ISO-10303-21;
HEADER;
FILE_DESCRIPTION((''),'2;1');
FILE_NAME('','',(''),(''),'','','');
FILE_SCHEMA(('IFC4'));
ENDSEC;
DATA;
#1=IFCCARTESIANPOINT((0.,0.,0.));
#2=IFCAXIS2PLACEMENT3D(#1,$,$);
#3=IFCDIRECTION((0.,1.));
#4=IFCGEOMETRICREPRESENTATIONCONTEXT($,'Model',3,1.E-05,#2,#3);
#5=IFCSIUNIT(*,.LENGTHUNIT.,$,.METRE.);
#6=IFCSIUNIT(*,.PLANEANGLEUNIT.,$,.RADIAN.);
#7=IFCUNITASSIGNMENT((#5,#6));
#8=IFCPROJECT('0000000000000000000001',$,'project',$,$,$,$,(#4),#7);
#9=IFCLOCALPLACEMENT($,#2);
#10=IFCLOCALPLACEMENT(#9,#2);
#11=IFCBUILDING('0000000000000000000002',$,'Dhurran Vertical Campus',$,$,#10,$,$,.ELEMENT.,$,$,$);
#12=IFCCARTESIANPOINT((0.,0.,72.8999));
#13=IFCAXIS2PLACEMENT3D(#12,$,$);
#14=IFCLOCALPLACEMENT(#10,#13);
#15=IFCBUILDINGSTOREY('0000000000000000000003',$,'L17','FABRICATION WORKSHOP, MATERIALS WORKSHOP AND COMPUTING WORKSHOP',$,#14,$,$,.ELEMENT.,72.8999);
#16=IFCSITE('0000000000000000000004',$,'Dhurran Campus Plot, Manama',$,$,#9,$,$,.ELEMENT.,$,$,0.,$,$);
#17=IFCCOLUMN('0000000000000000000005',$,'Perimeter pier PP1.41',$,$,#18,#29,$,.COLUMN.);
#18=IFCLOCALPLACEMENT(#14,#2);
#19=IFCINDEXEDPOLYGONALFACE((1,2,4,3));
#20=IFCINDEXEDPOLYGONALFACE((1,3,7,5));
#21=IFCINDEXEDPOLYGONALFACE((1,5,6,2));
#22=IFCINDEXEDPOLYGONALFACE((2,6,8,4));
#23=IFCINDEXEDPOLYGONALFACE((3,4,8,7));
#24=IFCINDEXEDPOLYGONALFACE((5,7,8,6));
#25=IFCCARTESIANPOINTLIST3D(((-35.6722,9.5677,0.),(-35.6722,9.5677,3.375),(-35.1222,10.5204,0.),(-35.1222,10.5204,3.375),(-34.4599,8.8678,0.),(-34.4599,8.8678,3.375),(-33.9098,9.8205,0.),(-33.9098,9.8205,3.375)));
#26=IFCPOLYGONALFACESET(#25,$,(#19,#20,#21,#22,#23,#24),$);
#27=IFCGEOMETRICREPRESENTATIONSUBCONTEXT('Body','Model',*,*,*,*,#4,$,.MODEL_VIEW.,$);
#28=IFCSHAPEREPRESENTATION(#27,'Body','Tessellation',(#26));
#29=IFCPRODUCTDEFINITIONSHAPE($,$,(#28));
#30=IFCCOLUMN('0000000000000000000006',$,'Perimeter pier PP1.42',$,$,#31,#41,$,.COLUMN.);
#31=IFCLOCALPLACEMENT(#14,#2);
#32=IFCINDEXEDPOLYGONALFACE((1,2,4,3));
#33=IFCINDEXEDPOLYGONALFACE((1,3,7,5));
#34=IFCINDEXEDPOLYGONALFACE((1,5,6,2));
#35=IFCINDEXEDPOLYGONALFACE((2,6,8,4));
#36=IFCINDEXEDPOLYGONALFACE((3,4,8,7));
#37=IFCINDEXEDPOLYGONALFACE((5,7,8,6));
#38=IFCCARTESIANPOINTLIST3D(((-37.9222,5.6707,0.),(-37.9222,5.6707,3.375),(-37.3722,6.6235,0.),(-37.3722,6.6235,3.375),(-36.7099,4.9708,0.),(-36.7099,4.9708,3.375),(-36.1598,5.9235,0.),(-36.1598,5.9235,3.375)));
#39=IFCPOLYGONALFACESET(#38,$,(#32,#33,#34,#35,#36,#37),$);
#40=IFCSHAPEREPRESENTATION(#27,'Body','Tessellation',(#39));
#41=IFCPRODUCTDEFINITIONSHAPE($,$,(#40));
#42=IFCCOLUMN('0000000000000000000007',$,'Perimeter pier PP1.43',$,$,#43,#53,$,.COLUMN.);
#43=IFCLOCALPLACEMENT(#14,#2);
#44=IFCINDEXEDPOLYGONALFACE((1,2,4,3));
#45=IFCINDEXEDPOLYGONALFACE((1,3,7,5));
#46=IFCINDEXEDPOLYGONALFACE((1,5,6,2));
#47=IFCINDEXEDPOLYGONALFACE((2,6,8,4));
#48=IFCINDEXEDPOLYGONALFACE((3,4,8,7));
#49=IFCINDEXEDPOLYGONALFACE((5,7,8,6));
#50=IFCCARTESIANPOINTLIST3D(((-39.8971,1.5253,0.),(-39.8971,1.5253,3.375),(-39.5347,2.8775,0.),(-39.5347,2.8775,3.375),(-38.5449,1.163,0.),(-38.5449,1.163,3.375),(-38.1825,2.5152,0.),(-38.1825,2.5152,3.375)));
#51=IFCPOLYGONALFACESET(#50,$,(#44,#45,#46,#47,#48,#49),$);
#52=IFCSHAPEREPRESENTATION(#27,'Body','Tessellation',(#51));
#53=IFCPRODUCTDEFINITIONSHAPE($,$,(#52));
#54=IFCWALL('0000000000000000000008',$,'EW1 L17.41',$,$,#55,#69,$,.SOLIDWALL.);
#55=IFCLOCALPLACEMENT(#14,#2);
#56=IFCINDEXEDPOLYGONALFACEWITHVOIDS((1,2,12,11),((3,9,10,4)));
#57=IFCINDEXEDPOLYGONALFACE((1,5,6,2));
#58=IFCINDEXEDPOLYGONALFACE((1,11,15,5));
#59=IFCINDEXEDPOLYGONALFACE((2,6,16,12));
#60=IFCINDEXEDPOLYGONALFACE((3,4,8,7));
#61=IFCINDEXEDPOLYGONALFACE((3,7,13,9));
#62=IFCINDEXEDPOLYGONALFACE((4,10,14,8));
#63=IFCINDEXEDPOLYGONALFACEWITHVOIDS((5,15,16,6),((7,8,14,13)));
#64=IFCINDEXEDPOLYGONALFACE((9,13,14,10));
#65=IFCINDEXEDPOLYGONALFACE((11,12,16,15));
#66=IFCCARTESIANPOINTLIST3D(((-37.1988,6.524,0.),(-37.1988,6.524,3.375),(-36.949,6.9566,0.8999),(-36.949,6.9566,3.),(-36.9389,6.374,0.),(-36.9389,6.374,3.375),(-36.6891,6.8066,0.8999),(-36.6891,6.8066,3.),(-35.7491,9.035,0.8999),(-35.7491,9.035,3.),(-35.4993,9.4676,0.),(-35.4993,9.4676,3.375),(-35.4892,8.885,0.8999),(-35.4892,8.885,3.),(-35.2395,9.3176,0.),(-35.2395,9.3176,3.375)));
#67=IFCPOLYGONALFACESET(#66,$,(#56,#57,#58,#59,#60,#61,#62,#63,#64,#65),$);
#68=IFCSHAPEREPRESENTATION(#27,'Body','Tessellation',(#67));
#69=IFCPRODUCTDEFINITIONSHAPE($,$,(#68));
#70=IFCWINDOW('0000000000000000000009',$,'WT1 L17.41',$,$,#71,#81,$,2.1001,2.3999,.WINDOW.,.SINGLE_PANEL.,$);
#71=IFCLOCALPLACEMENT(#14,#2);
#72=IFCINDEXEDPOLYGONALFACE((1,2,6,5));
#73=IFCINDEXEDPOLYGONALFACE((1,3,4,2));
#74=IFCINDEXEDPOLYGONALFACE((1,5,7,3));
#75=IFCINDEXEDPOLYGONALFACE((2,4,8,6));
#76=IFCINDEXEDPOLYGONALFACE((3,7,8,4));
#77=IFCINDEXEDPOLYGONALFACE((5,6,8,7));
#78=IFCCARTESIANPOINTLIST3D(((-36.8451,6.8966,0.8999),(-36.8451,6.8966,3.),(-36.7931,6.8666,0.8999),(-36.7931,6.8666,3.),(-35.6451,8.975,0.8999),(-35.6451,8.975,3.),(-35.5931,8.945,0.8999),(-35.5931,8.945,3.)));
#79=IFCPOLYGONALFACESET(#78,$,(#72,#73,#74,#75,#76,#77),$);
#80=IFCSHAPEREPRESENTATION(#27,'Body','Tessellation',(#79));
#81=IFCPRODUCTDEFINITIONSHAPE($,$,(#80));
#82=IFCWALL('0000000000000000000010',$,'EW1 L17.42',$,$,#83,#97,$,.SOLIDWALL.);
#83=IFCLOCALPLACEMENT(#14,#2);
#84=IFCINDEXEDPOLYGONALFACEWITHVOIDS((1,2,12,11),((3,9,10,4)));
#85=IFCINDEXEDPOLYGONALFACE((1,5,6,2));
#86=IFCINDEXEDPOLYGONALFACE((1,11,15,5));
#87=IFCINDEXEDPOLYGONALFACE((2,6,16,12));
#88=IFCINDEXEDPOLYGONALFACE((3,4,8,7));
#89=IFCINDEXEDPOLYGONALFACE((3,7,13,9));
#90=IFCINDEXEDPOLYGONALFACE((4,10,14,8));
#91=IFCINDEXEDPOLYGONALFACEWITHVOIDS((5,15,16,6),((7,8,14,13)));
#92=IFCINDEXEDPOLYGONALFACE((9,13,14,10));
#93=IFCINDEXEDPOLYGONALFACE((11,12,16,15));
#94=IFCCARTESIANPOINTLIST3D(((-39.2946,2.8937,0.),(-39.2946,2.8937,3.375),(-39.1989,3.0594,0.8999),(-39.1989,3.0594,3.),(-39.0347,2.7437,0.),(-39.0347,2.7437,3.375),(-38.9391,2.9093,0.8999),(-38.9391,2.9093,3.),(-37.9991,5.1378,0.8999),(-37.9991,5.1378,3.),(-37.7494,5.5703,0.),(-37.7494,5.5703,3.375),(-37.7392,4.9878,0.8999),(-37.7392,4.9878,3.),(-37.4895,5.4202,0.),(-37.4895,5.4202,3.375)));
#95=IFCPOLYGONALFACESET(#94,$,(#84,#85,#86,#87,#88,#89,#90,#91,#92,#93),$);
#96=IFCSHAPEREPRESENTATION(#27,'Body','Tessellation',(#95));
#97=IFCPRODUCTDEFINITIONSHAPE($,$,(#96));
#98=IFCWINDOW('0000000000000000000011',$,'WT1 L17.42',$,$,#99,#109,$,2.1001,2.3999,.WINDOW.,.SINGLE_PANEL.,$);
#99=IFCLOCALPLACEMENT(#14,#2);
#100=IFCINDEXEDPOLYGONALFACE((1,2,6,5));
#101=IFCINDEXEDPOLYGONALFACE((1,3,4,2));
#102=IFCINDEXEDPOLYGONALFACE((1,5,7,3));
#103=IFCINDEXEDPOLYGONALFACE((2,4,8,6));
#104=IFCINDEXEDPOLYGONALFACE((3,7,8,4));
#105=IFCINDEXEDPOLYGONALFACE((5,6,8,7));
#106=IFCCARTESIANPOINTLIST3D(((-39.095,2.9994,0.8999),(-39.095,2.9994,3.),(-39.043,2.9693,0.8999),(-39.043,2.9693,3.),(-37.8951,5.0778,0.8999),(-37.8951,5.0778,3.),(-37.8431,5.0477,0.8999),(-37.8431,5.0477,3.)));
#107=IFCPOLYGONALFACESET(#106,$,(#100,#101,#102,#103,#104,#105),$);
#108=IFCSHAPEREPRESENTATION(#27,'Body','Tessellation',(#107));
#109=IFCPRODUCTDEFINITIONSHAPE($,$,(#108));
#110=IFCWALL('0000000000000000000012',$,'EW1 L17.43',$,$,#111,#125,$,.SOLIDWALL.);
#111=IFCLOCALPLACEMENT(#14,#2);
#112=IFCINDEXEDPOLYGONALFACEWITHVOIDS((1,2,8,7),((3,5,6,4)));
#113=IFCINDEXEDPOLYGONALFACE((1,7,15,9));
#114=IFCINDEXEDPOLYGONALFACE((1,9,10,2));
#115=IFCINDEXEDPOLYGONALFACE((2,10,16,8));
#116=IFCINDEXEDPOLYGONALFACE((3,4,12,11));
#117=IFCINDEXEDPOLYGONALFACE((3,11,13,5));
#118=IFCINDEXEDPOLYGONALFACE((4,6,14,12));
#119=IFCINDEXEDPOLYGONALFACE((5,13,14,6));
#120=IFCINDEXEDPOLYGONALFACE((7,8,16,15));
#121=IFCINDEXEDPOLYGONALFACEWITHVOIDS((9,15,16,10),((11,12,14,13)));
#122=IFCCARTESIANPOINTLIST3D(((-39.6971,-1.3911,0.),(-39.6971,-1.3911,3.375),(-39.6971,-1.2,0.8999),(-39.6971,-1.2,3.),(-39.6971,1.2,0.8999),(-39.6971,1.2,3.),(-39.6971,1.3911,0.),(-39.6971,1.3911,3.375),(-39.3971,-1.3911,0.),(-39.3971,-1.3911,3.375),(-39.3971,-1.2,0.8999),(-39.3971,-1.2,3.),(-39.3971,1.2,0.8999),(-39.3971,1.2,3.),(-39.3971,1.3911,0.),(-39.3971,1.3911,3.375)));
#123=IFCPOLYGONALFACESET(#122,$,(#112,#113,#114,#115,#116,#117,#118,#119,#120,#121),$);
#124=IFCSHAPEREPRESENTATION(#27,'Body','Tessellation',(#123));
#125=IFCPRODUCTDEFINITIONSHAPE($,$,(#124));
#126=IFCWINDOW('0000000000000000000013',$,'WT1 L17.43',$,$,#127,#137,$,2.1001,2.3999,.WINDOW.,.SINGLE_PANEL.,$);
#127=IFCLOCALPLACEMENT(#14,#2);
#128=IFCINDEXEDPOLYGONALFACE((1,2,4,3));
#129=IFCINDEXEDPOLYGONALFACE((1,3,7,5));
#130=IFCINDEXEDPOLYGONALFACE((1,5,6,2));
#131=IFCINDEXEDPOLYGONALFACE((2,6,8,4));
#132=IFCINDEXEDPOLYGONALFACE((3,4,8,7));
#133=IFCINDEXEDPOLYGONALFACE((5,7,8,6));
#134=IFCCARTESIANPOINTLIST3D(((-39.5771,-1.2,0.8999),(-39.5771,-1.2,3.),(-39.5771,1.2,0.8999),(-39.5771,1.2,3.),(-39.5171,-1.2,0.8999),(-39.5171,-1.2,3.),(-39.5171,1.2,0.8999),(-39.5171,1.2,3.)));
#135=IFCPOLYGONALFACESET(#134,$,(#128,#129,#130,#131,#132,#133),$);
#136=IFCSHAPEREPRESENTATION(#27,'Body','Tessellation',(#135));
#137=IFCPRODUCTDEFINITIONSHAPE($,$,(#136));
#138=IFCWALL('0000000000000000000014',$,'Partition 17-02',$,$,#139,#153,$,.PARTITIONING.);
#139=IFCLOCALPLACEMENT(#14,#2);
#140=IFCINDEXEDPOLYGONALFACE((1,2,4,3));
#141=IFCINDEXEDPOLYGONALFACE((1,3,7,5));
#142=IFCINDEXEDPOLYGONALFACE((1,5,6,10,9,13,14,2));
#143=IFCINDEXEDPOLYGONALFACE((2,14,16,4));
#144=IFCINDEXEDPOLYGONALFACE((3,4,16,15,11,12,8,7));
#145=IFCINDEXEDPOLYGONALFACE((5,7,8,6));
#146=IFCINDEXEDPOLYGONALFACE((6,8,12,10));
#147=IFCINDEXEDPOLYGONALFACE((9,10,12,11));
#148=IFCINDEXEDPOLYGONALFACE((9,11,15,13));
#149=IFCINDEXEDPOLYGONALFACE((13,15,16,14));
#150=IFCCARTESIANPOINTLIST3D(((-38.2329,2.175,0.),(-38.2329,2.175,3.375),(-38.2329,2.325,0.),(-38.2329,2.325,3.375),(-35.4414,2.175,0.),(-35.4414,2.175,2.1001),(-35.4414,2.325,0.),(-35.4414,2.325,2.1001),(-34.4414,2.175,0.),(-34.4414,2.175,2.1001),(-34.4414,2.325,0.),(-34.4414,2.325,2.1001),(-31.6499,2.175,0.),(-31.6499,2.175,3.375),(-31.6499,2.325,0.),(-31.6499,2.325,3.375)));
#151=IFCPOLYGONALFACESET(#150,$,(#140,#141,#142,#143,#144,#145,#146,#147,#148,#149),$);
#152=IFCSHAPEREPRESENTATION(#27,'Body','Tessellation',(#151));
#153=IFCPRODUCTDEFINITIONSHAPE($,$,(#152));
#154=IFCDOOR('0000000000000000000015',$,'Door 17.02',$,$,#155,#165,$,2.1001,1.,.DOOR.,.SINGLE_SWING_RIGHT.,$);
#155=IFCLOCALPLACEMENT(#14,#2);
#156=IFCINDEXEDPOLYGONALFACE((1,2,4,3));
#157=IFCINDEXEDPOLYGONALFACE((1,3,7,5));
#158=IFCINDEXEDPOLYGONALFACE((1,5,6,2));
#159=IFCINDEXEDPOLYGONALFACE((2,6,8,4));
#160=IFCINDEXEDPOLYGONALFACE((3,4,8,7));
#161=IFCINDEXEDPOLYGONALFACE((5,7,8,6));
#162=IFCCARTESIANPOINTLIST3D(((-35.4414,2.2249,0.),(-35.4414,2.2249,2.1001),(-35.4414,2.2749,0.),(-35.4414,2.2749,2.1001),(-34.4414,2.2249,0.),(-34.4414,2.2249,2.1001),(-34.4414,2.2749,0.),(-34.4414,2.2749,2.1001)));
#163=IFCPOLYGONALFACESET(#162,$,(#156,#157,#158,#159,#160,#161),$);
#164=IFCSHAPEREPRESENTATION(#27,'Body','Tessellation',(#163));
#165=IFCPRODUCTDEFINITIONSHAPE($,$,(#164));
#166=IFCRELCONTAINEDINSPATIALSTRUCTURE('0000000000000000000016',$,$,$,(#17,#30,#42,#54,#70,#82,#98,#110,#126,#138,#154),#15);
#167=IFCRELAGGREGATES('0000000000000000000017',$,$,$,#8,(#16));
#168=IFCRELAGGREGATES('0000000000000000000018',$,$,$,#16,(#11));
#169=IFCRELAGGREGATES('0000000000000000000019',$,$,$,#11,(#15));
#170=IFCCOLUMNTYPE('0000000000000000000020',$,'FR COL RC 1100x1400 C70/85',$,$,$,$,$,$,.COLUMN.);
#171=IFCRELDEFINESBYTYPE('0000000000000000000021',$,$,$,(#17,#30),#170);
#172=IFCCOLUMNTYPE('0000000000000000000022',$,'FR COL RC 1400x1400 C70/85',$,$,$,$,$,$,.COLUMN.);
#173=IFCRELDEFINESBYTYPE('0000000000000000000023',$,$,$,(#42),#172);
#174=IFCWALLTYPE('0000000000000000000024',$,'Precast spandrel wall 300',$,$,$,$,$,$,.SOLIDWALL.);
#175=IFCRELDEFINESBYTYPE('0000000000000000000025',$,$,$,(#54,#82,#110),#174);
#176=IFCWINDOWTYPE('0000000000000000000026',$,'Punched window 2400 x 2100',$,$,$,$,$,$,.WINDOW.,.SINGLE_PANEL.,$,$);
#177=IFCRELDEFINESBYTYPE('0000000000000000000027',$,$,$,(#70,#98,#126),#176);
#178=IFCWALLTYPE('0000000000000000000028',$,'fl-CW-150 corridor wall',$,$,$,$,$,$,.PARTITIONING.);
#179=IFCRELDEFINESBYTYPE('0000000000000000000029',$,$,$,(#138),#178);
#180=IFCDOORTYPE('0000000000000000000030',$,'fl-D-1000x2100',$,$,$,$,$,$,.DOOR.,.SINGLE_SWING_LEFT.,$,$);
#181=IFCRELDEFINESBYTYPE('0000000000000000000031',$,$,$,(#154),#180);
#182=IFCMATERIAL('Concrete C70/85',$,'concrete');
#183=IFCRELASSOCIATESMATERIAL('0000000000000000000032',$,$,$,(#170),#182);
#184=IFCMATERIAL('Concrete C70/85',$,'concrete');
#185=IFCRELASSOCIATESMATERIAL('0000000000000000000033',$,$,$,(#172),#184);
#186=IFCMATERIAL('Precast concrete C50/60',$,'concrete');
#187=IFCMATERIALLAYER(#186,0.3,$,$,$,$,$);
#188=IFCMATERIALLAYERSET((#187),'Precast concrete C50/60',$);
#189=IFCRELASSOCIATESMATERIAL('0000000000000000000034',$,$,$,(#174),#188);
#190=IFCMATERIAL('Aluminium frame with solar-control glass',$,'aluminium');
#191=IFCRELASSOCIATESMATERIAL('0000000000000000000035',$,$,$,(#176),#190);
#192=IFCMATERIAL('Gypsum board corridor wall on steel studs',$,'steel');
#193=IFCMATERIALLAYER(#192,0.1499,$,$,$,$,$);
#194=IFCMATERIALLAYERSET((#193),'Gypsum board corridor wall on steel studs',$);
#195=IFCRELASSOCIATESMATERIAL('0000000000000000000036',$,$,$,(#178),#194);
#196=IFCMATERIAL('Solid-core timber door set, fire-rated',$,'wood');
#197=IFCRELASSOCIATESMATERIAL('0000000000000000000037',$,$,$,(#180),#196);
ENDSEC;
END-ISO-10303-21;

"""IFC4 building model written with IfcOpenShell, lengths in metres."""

from ifc_helpers import new_model, si_unit, direction, frame, frame_2d, origin, origin_2d, place, context, subcontext, project, spatial, rectangle, extrude, material, layer, layer_set, material_profile, profile_set, type_object, element, fill, save


model = new_model("IFC4")

# Units and contexts
model_context = context("Model", 3, precision=1e-05, world=origin(), true_north=direction((0.0, 1.0)))
body_context = subcontext(model_context, "Body", "Model", "MODEL_VIEW")
ifc_project = project(units=[si_unit("LENGTHUNIT", "METRE"), si_unit("PLANEANGLEUNIT", "RADIAN")], contexts=[model_context])

# Site, building, storey
site_placement = place(None, origin())
site = spatial("IfcSite", under=ifc_project, at=site_placement, Name="Dhurran Campus Plot, Manama", CompositionType="ELEMENT", RefElevation=0.0)
building_placement = place(site_placement, origin())
building = spatial("IfcBuilding", under=site, at=building_placement, Name="Dhurran Vertical Campus", CompositionType="ELEMENT")
storey_placement = place(building_placement, frame((0.0, 0.0, 72.8999)))
storey = spatial("IfcBuildingStorey", under=building, at=storey_placement, Name="L17", Description="FABRICATION WORKSHOP, MATERIALS WORKSHOP AND COMPUTING WORKSHOP", CompositionType="ELEMENT", Elevation=72.8999)

# Columns
ifc_material_1 = material(Name="Concrete C70/85", Category="concrete")
ifc_material_profile_1 = material_profile(ifc_material_1, rectangle(XDim=1.1001, YDim=1.3999, at=origin_2d()), Name="RC 1100x1400")
ifc_profile_set_1 = profile_set([ifc_material_profile_1], Name="Concrete C70/85")
column_type_1 = type_object("IfcColumnType", Name="FR COL RC 1100x1400 C70/85", PredefinedType="COLUMN", material=ifc_profile_set_1)
for number, where, z_axis, x_axis, name in (
    (1, (-34.791, 9.6941, 0.0), (0.0, 0.0, 1.0), (-0.5, -0.866025, 0.0), "Perimeter pier PP1.41"),
    (2, (-37.041, 5.7971, 0.0), (0.0, 0.0, 1.0), (-0.5, -0.866025, 0.0), "Perimeter pier PP1.42"),
):
    element("IfcColumn", number, at=place(storey_placement, frame(where, z_axis=z_axis, x_axis=x_axis)), inside=storey, type_object=column_type_1, Name=name, PredefinedType="COLUMN", context=body_context, shape_type="SweptSolid", body=[
        extrude(rectangle(XDim=1.1001, YDim=1.3999, at=origin_2d()), origin(), (0.0, 0.0, 1.0), 3.375),
    ])
ifc_material_2 = material(Name="Concrete C70/85", Category="concrete")
ifc_material_profile_2 = material_profile(ifc_material_2, rectangle(XDim=1.3999, YDim=1.3999, at=origin_2d()), Name="RC 1400x1400")
ifc_profile_set_2 = profile_set([ifc_material_profile_2], Name="Concrete C70/85")
column_type_2 = type_object("IfcColumnType", Name="FR COL RC 1400x1400 C70/85", PredefinedType="COLUMN", material=ifc_profile_set_2)
column_placement = place(storey_placement, frame((-39.0398, 2.0203, 0.0), z_axis=(0.0, 0.0, 1.0), x_axis=(-0.258819, -0.965926, 0.0)))
element("IfcColumn", 3, at=column_placement, inside=storey, type_object=column_type_2, Name="Perimeter pier PP1.43", PredefinedType="COLUMN", context=body_context, shape_type="SweptSolid", body=[
    extrude(rectangle(XDim=1.3999, YDim=1.3999, at=origin_2d()), origin(), (0.0, 0.0, 1.0), 3.375),
])

# Walls, openings, windows
ifc_material_3 = material(Name="Precast concrete C50/60", Category="concrete")
ifc_layer_1 = layer(ifc_material_3, 0.3)
ifc_layer_set_1 = layer_set([ifc_layer_1], Name="Precast concrete C50/60")
wall_type_1 = type_object("IfcWallType", Name="Precast spandrel wall 300", PredefinedType="SOLIDWALL", material=ifc_layer_set_1)
wall_1_placement = place(storey_placement, frame((-35.3694, 9.3926, 0.0), z_axis=(0.0, 0.0, 1.0), x_axis=(-0.499994, -0.866029, 0.0)))
wall_1 = element("IfcWall", 4, at=wall_1_placement, inside=storey, type_object=wall_type_1, Name="EW1 L17.41", PredefinedType="SOLIDWALL", context=body_context, shape_type="SweptSolid", body=[
    extrude(rectangle(XDim=3.3989, YDim=0.3, at=frame_2d((1.6995, 0.0))), origin(), (0.0, 0.0, 1.0), 3.375),
])
opening_1_placement = place(wall_1_placement, frame((0.4995, 0.0, 0.8999)))
opening_1 = element("IfcOpeningElement", 5, at=opening_1_placement, cuts=wall_1, PredefinedType="OPENING", context=body_context, shape_type="SweptSolid", body=[
    extrude(rectangle(XDim=2.3999, YDim=2.1001, at=frame_2d((1.2, 1.05))), frame((0.0, 0.1599, 0.0), z_axis=(0.0, -1.0, 0.0), x_axis=(1.0, 0.0, 0.0)), (0.0, 0.0, 1.0), 0.3201),
])
ifc_material_4 = material(Name="Aluminium frame with solar-control glass", Category="aluminium")
window_type = type_object("IfcWindowType", Name="Punched window 2400 x 2100", PartitioningType="SINGLE_PANEL", PredefinedType="WINDOW", material=ifc_material_4)
window_1_placement = place(opening_1_placement, origin())
window_1 = element("IfcWindow", 6, at=window_1_placement, inside=storey, type_object=window_type, Name="WT1 L17.41", OverallHeight=2.1001, OverallWidth=2.3999, PartitioningType="SINGLE_PANEL", PredefinedType="WINDOW", context=body_context, shape_type="SweptSolid", body=[
    extrude(rectangle(XDim=2.3999, YDim=2.1001, at=frame_2d((1.2, 1.05))), frame((0.0, 0.03, 0.0), z_axis=(0.0, -1.0, 0.0), x_axis=(1.0, 0.0, 0.0)), (0.0, 0.0, 1.0), 0.0601),
])
fill(opening_1, window_1)
wall_2_placement = place(storey_placement, frame((-37.6194, 5.4954, 0.0), z_axis=(0.0, 0.0, 1.0), x_axis=(-0.499971, -0.866042, 0.0)))
wall_2 = element("IfcWall", 7, at=wall_2_placement, inside=storey, type_object=wall_type_1, Name="EW1 L17.42", PredefinedType="SOLIDWALL", context=body_context, shape_type="SweptSolid", body=[
    extrude(rectangle(XDim=3.0906, YDim=0.3, at=frame_2d((1.5454, 0.0))), origin(), (0.0, 0.0, 1.0), 3.375),
])
opening_2_placement = place(wall_2_placement, frame((0.4995, 0.0, 0.8999)))
opening_2 = element("IfcOpeningElement", 8, at=opening_2_placement, cuts=wall_2, PredefinedType="OPENING", context=body_context, shape_type="SweptSolid", body=[
    extrude(rectangle(XDim=2.3999, YDim=2.1001, at=frame_2d((1.2, 1.05))), frame((0.0, 0.1599, 0.0), z_axis=(0.0, -1.0, 0.0), x_axis=(1.0, 0.0, 0.0)), (0.0, 0.0, 1.0), 0.3201),
])
window_2_placement = place(opening_2_placement, origin())
window_2 = element("IfcWindow", 9, at=window_2_placement, inside=storey, type_object=window_type, Name="WT1 L17.42", OverallHeight=2.1001, OverallWidth=2.3999, PartitioningType="SINGLE_PANEL", PredefinedType="WINDOW", context=body_context, shape_type="SweptSolid", body=[
    extrude(rectangle(XDim=2.3999, YDim=2.1001, at=frame_2d((1.2, 1.05))), frame((0.0, 0.03, 0.0), z_axis=(0.0, -1.0, 0.0), x_axis=(1.0, 0.0, 0.0)), (0.0, 0.0, 1.0), 0.0601),
])
fill(opening_2, window_2)
wall_3_placement = place(storey_placement, frame((-39.5471, 1.3911, 0.0), z_axis=(0.0, 0.0, 1.0), x_axis=(0.0, -1.0, 0.0)))
wall_3 = element("IfcWall", 10, at=wall_3_placement, inside=storey, type_object=wall_type_1, Name="EW1 L17.43", PredefinedType="SOLIDWALL", context=body_context, shape_type="SweptSolid", body=[
    extrude(rectangle(XDim=2.7822, YDim=0.3, at=frame_2d((1.3911, 0.0))), origin(), (0.0, 0.0, 1.0), 3.375),
])
opening_3_placement = place(wall_3_placement, frame((0.1912, 0.0, 0.8999)))
opening_3 = element("IfcOpeningElement", 11, at=opening_3_placement, cuts=wall_3, PredefinedType="OPENING", context=body_context, shape_type="SweptSolid", body=[
    extrude(rectangle(XDim=2.3999, YDim=2.1001, at=frame_2d((1.2, 1.05))), frame((0.0, 0.1599, 0.0), z_axis=(0.0, -1.0, 0.0), x_axis=(1.0, 0.0, 0.0)), (0.0, 0.0, 1.0), 0.3201),
])
window_3_placement = place(opening_3_placement, origin())
window_3 = element("IfcWindow", 12, at=window_3_placement, inside=storey, type_object=window_type, Name="WT1 L17.43", OverallHeight=2.1001, OverallWidth=2.3999, PartitioningType="SINGLE_PANEL", PredefinedType="WINDOW", context=body_context, shape_type="SweptSolid", body=[
    extrude(rectangle(XDim=2.3999, YDim=2.1001, at=frame_2d((1.2, 1.05))), frame((0.0, 0.03, 0.0), z_axis=(0.0, -1.0, 0.0), x_axis=(1.0, 0.0, 0.0)), (0.0, 0.0, 1.0), 0.0601),
])
fill(opening_3, window_3)

# Wall, opening, door
ifc_material_5 = material(Name="Gypsum board corridor wall on steel studs", Category="steel")
ifc_layer_2 = layer(ifc_material_5, 0.1499)
ifc_layer_set_2 = layer_set([ifc_layer_2], Name="Gypsum board corridor wall on steel studs")
wall_type_2 = type_object("IfcWallType", Name="fl-CW-150 corridor wall", PredefinedType="PARTITIONING", material=ifc_layer_set_2)
wall_4_placement = place(storey_placement, frame((-38.2329, 2.25, 0.0), z_axis=(0.0, 0.0, 1.0), x_axis=(1.0, 0.0, 0.0)))
wall_4 = element("IfcWall", 13, at=wall_4_placement, inside=storey, type_object=wall_type_2, Name="Partition 17-02", PredefinedType="PARTITIONING", context=body_context, shape_type="SweptSolid", body=[
    extrude(rectangle(XDim=6.583, YDim=0.1499, at=frame_2d((3.2915, 0.0))), origin(), (0.0, 0.0, 1.0), 3.375),
])
opening_4_placement = place(wall_4_placement, frame((2.7915, 0.0, 0.0)))
opening_4 = element("IfcOpeningElement", 14, at=opening_4_placement, cuts=wall_4, PredefinedType="OPENING", context=body_context, shape_type="SweptSolid", body=[
    extrude(rectangle(XDim=1.0, YDim=2.1001, at=frame_2d((0.5, 1.05))), frame((0.0, 0.085, 0.0), z_axis=(0.0, -1.0, 0.0), x_axis=(1.0, 0.0, 0.0)), (0.0, 0.0, 1.0), 0.1699),
])
ifc_material_6 = material(Name="Solid-core timber door set, fire-rated", Category="wood")
door_type = type_object("IfcDoorType", Name="fl-D-1000x2100", OperationType="SINGLE_SWING_LEFT", PredefinedType="DOOR", material=ifc_material_6)
door_1_placement = place(opening_4_placement, origin())
door_1 = element("IfcDoor", 15, at=door_1_placement, inside=storey, type_object=door_type, Name="Door 17.02", OperationType="SINGLE_SWING_RIGHT", OverallHeight=2.1001, OverallWidth=1.0, PredefinedType="DOOR", context=body_context, shape_type="SweptSolid", body=[
    extrude(rectangle(XDim=1.0, YDim=2.1001, at=frame_2d((0.5, 1.05))), frame((0.0, 0.0249, 0.0), z_axis=(0.0, -1.0, 0.0), x_axis=(1.0, 0.0, 0.0)), (0.0, 0.0, 1.0), 0.05),
])
fill(opening_4, door_1)

save(model, "model.ifc")
